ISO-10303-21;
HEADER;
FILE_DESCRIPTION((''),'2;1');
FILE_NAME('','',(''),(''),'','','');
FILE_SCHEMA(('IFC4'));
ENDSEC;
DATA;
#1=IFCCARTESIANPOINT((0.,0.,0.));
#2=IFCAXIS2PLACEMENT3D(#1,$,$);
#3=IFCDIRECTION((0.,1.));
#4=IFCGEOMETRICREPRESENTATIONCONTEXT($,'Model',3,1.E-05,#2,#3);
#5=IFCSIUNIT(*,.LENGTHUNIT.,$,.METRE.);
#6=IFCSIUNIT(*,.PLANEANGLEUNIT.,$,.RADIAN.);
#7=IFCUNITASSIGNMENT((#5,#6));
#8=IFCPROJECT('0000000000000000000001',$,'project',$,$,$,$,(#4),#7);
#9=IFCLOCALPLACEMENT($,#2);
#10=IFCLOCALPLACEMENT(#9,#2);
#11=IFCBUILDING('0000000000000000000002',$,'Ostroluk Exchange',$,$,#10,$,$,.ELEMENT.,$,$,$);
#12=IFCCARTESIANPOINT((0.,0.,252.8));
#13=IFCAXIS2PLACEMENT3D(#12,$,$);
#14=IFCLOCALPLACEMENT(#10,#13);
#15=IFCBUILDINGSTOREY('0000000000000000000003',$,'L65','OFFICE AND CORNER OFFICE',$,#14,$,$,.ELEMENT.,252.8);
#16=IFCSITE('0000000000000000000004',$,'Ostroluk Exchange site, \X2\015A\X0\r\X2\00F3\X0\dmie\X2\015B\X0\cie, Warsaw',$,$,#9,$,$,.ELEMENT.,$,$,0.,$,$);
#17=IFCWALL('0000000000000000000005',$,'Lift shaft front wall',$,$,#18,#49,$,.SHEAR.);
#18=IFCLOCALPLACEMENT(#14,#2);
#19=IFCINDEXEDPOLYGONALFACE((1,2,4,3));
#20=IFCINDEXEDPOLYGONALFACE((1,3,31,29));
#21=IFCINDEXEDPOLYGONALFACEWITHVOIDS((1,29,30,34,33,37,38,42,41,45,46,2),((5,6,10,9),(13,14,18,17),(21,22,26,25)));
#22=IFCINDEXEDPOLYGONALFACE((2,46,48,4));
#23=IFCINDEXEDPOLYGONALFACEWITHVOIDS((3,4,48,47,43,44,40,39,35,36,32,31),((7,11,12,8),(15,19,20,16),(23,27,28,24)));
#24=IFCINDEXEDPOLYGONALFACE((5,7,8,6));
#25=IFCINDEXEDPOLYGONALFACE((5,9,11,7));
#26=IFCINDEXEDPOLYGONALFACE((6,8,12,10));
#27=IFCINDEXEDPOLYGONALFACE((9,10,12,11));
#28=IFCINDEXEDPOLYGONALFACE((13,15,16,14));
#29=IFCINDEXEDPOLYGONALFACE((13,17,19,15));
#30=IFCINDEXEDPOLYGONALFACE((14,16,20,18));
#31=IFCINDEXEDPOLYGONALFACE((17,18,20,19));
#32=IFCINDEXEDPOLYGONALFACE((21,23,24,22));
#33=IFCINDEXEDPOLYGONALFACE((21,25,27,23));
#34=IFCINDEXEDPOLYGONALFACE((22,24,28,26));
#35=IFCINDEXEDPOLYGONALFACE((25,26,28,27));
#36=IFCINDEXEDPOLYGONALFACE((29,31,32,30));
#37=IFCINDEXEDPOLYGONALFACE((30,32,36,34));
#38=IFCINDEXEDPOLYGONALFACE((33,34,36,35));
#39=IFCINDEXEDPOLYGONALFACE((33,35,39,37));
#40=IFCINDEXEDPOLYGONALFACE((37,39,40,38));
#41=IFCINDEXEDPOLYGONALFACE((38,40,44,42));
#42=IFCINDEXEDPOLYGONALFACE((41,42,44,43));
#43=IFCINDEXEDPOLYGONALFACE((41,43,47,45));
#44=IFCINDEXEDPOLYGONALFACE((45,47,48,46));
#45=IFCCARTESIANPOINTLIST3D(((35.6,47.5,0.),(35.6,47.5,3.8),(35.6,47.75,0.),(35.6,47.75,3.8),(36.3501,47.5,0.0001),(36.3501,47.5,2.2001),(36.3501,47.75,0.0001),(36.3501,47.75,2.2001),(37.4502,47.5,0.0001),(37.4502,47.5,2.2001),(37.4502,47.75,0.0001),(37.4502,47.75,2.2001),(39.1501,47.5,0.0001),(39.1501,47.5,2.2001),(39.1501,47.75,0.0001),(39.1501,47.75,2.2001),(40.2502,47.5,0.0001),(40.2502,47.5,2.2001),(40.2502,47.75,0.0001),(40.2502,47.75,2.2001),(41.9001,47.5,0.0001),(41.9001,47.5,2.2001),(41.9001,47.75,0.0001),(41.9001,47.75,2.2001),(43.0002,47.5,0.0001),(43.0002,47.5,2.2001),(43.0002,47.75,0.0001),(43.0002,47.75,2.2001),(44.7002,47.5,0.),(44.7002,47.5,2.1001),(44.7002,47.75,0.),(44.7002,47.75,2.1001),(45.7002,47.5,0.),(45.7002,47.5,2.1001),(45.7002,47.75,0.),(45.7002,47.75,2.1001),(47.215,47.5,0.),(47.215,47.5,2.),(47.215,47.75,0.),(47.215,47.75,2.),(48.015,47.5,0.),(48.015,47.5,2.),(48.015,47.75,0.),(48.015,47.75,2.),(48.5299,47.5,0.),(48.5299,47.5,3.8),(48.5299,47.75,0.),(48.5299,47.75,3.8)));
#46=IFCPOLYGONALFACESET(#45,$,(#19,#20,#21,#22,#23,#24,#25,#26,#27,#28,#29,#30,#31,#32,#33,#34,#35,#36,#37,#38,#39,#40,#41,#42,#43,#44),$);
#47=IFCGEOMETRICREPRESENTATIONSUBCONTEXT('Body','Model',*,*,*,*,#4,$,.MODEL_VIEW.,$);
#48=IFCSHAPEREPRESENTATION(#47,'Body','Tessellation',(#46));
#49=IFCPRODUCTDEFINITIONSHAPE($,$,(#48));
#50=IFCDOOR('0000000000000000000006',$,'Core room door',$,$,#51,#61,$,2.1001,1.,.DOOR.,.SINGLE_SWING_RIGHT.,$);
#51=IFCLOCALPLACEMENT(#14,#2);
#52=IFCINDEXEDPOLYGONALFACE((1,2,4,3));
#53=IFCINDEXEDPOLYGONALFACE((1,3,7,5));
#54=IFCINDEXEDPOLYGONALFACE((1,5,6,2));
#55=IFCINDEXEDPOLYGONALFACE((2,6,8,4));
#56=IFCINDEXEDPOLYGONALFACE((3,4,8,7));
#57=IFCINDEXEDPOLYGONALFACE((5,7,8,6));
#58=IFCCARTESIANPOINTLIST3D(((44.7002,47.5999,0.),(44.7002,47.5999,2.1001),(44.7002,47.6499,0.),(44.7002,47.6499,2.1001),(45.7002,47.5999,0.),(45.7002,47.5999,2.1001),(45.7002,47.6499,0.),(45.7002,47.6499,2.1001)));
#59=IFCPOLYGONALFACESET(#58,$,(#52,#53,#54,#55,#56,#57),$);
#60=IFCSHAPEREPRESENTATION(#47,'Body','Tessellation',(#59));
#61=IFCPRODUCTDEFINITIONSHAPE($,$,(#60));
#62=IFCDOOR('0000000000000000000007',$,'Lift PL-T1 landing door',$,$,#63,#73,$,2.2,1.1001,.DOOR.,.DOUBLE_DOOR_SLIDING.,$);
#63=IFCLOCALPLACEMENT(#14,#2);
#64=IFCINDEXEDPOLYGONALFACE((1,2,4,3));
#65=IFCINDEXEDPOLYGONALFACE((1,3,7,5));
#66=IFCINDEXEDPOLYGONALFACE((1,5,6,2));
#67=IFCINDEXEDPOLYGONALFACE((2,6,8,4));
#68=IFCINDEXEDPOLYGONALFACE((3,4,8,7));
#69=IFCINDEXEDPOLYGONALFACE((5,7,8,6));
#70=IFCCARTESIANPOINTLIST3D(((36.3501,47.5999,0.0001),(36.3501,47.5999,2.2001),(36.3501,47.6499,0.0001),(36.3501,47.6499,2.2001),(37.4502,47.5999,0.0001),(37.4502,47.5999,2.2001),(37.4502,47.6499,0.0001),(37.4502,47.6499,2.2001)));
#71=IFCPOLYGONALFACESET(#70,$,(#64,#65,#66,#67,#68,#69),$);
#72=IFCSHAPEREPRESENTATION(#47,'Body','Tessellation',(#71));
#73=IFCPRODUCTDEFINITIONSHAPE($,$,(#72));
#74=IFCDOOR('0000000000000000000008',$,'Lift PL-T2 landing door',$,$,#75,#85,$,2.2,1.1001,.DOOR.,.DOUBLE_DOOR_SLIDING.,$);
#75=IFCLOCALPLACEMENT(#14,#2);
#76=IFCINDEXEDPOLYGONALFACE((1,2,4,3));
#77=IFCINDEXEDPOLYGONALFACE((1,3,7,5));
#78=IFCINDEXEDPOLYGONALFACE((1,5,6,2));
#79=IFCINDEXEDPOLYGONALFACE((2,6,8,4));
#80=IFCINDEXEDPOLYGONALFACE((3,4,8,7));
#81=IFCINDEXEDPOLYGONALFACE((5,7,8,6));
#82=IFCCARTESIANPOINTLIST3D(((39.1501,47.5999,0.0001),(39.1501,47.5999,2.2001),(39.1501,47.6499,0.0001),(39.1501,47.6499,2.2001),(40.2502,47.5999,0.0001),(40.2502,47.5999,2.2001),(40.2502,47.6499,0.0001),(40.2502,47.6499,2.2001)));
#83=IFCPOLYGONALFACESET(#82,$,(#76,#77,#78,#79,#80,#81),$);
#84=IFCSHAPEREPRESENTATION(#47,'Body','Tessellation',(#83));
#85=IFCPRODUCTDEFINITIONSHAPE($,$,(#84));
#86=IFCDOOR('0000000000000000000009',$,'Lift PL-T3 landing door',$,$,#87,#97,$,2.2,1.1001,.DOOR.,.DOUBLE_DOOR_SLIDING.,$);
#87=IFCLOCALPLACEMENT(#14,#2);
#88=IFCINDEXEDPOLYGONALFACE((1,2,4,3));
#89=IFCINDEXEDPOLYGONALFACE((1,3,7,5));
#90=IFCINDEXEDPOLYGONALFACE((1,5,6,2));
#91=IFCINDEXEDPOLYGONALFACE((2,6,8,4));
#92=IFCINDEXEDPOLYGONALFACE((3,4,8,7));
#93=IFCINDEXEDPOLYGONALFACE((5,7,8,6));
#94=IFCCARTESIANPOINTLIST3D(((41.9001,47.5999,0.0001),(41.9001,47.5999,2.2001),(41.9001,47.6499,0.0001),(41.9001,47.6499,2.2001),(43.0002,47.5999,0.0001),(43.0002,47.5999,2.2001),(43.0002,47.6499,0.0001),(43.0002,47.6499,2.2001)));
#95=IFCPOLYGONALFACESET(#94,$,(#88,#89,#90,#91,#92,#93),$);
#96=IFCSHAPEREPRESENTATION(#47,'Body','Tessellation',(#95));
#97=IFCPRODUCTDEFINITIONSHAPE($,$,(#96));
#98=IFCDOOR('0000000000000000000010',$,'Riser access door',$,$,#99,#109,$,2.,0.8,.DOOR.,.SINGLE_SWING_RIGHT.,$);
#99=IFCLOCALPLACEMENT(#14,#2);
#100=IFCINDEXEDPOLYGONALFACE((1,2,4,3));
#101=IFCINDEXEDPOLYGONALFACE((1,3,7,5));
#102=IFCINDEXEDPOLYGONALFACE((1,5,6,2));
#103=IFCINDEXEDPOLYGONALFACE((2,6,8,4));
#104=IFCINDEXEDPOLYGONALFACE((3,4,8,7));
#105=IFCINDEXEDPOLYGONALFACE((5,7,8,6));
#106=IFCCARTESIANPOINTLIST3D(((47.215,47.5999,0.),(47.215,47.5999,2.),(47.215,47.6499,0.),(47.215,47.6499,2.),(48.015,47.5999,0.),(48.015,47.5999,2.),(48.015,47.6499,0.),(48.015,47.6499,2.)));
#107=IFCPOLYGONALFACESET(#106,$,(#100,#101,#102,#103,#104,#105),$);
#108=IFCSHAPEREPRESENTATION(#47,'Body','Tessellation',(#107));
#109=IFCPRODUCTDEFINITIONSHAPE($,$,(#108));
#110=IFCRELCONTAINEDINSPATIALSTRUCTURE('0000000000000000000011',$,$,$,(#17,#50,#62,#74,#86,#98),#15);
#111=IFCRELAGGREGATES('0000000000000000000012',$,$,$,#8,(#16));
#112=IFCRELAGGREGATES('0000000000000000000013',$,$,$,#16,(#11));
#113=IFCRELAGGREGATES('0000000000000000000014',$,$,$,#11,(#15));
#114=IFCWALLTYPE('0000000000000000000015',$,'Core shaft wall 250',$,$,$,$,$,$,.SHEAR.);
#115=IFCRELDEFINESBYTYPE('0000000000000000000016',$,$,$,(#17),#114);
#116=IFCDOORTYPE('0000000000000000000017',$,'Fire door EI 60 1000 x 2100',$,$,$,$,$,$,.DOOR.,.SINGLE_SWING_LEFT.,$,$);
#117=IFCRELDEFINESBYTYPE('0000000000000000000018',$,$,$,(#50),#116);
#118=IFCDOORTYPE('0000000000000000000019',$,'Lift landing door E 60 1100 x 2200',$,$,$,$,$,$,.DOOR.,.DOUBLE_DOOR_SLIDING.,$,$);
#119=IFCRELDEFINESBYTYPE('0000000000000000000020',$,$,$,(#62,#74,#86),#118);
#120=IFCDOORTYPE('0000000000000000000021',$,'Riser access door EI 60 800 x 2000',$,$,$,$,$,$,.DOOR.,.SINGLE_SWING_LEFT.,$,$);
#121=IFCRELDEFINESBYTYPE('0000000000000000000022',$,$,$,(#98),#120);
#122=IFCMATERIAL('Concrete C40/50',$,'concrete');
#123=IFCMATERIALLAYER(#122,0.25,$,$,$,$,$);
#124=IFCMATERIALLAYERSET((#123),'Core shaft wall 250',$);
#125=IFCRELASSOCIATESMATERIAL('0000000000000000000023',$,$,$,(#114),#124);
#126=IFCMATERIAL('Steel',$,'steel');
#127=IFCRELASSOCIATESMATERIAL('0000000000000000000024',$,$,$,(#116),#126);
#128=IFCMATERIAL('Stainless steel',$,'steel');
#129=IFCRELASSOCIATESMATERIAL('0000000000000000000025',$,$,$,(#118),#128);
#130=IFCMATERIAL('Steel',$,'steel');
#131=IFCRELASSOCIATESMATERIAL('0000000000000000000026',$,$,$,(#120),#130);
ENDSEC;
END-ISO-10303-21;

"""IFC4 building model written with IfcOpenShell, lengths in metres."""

from ifc_helpers import new_model, si_unit, direction, frame, frame_2d, origin, place, context, subcontext, project, spatial, rectangle, extrude, material, layer, layer_set, type_object, element, fill, save


model = new_model("IFC4")

# Units and contexts
model_context = context("Model", 3, precision=1e-05, world=origin(), true_north=direction((0.0, 1.0)))
body_context = subcontext(model_context, "Body", "Model", "MODEL_VIEW")
ifc_project = project(units=[si_unit("LENGTHUNIT", "METRE"), si_unit("PLANEANGLEUNIT", "RADIAN")], contexts=[model_context])

# Site, building, storey
site_placement = place(None, origin())
site = spatial("IfcSite", under=ifc_project, at=site_placement, Name="Ostroluk Exchange site, Śródmieście, Warsaw", CompositionType="ELEMENT", RefElevation=0.0)
building_placement = place(site_placement, origin())
building = spatial("IfcBuilding", under=site, at=building_placement, Name="Ostroluk Exchange", CompositionType="ELEMENT")
storey_placement = place(building_placement, frame((0.0, 0.0, 252.8)))
storey = spatial("IfcBuildingStorey", under=building, at=storey_placement, Name="L65", Description="OFFICE AND CORNER OFFICE", CompositionType="ELEMENT", Elevation=252.8)

# Shared definitions
ifc_material_1 = material(Name="Concrete C40/50", Category="concrete")
ifc_layer = layer(ifc_material_1, 0.25)
ifc_layer_set = layer_set([ifc_layer], Name="Core shaft wall 250")
wall_type = type_object("IfcWallType", Name="Core shaft wall 250", PredefinedType="SHEAR", material=ifc_layer_set)

# Wall, openings, doors
wall_1_placement = place(storey_placement, frame((35.6001, 47.625, 0.0), z_axis=(0.0, 0.0, 1.0), x_axis=(1.0, 0.0, 0.0)))
wall_1 = element("IfcWall", 1, at=wall_1_placement, inside=storey, type_object=wall_type, Name="Lift shaft front wall", PredefinedType="SHEAR", context=body_context, shape_type="SweptSolid", body=[
    extrude(rectangle(XDim=12.9299, YDim=0.25, at=frame_2d((6.4648, 0.0))), origin(), (0.0, 0.0, 1.0), 3.8),
])
opening_1_placement = place(wall_1_placement, frame((0.75, 0.0, 0.0)))
opening_1 = element("IfcOpeningElement", 2, at=opening_1_placement, cuts=wall_1, PredefinedType="OPENING", context=body_context, shape_type="SweptSolid", body=[
    extrude(rectangle(XDim=1.1001, YDim=2.2, at=frame_2d((0.55, 1.1001))), frame((0.0, 0.135, 0.0), z_axis=(0.0, -1.0, 0.0), x_axis=(1.0, 0.0, 0.0)), (0.0, 0.0, 1.0), 0.27),
])
opening_2_placement = place(wall_1_placement, frame((3.55, 0.0, 0.0)))
opening_2 = element("IfcOpeningElement", 3, at=opening_2_placement, cuts=wall_1, PredefinedType="OPENING", context=body_context, shape_type="SweptSolid", body=[
    extrude(rectangle(XDim=1.1001, YDim=2.2, at=frame_2d((0.55, 1.1001))), frame((0.0, 0.135, 0.0), z_axis=(0.0, -1.0, 0.0), x_axis=(1.0, 0.0, 0.0)), (0.0, 0.0, 1.0), 0.27),
])
opening_3_placement = place(wall_1_placement, frame((6.3, 0.0, 0.0)))
opening_3 = element("IfcOpeningElement", 4, at=opening_3_placement, cuts=wall_1, PredefinedType="OPENING", context=body_context, shape_type="SweptSolid", body=[
    extrude(rectangle(XDim=1.1001, YDim=2.2, at=frame_2d((0.55, 1.1001))), frame((0.0, 0.135, 0.0), z_axis=(0.0, -1.0, 0.0), x_axis=(1.0, 0.0, 0.0)), (0.0, 0.0, 1.0), 0.27),
])
opening_4_placement = place(wall_1_placement, frame((9.1001, 0.0, 0.0)))
opening_4 = element("IfcOpeningElement", 5, at=opening_4_placement, cuts=wall_1, PredefinedType="OPENING", context=body_context, shape_type="SweptSolid", body=[
    extrude(rectangle(XDim=1.0, YDim=2.1001, at=frame_2d((0.5, 1.05))), frame((0.0, 0.135, 0.0), z_axis=(0.0, -1.0, 0.0), x_axis=(1.0, 0.0, 0.0)), (0.0, 0.0, 1.0), 0.27),
])
opening_5_placement = place(wall_1_placement, frame((11.615, 0.0, 0.0)))
opening_5 = element("IfcOpeningElement", 6, at=opening_5_placement, cuts=wall_1, PredefinedType="OPENING", context=body_context, shape_type="SweptSolid", body=[
    extrude(rectangle(XDim=0.8, YDim=2.0, at=frame_2d((0.3999, 1.0))), frame((0.0, 0.135, 0.0), z_axis=(0.0, -1.0, 0.0), x_axis=(1.0, 0.0, 0.0)), (0.0, 0.0, 1.0), 0.27),
])
ifc_material_2 = material(Name="Steel", Category="steel")
door_type_1 = type_object("IfcDoorType", Name="Fire door EI 60 1000 x 2100", OperationType="SINGLE_SWING_LEFT", PredefinedType="DOOR", material=ifc_material_2)
door_1_placement = place(opening_4_placement, origin())
door_1 = element("IfcDoor", 7, at=door_1_placement, inside=storey, type_object=door_type_1, Name="Core room door", OperationType="SINGLE_SWING_RIGHT", OverallHeight=2.1001, OverallWidth=1.0, PredefinedType="DOOR", context=body_context, shape_type="SweptSolid", body=[
    extrude(rectangle(XDim=1.0, YDim=2.1001, at=frame_2d((0.5, 1.05))), frame((0.0, 0.0249, 0.0), z_axis=(0.0, -1.0, 0.0), x_axis=(1.0, 0.0, 0.0)), (0.0, 0.0, 1.0), 0.05),
])
fill(opening_4, door_1)
ifc_material_3 = material(Name="Stainless steel", Category="steel")
door_type_2 = type_object("IfcDoorType", Name="Lift landing door E 60 1100 x 2200", OperationType="DOUBLE_DOOR_SLIDING", PredefinedType="DOOR", material=ifc_material_3)
door_2_placement = place(opening_1_placement, origin())
door_2 = element("IfcDoor", 8, at=door_2_placement, inside=storey, type_object=door_type_2, Name="Lift PL-T1 landing door", OperationType="DOUBLE_DOOR_SLIDING", OverallHeight=2.2, OverallWidth=1.1001, PredefinedType="DOOR", context=body_context, shape_type="SweptSolid", body=[
    extrude(rectangle(XDim=1.1001, YDim=2.2, at=frame_2d((0.55, 1.1001))), frame((0.0, 0.0249, 0.0), z_axis=(0.0, -1.0, 0.0), x_axis=(1.0, 0.0, 0.0)), (0.0, 0.0, 1.0), 0.05),
])
fill(opening_1, door_2)
door_3_placement = place(opening_2_placement, origin())
door_3 = element("IfcDoor", 9, at=door_3_placement, inside=storey, type_object=door_type_2, Name="Lift PL-T2 landing door", OperationType="DOUBLE_DOOR_SLIDING", OverallHeight=2.2, OverallWidth=1.1001, PredefinedType="DOOR", context=body_context, shape_type="SweptSolid", body=[
    extrude(rectangle(XDim=1.1001, YDim=2.2, at=frame_2d((0.55, 1.1001))), frame((0.0, 0.0249, 0.0), z_axis=(0.0, -1.0, 0.0), x_axis=(1.0, 0.0, 0.0)), (0.0, 0.0, 1.0), 0.05),
])
fill(opening_2, door_3)
door_4_placement = place(opening_3_placement, origin())
door_4 = element("IfcDoor", 10, at=door_4_placement, inside=storey, type_object=door_type_2, Name="Lift PL-T3 landing door", OperationType="DOUBLE_DOOR_SLIDING", OverallHeight=2.2, OverallWidth=1.1001, PredefinedType="DOOR", context=body_context, shape_type="SweptSolid", body=[
    extrude(rectangle(XDim=1.1001, YDim=2.2, at=frame_2d((0.55, 1.1001))), frame((0.0, 0.0249, 0.0), z_axis=(0.0, -1.0, 0.0), x_axis=(1.0, 0.0, 0.0)), (0.0, 0.0, 1.0), 0.05),
])
fill(opening_3, door_4)
ifc_material_4 = material(Name="Steel", Category="steel")
door_type_3 = type_object("IfcDoorType", Name="Riser access door EI 60 800 x 2000", OperationType="SINGLE_SWING_LEFT", PredefinedType="DOOR", material=ifc_material_4)
door_5_placement = place(opening_5_placement, origin())
door_5 = element("IfcDoor", 11, at=door_5_placement, inside=storey, type_object=door_type_3, Name="Riser access door", OperationType="SINGLE_SWING_RIGHT", OverallHeight=2.0, OverallWidth=0.8, PredefinedType="DOOR", context=body_context, shape_type="SweptSolid", body=[
    extrude(rectangle(XDim=0.8, YDim=2.0, at=frame_2d((0.3999, 1.0))), frame((0.0, 0.0249, 0.0), z_axis=(0.0, -1.0, 0.0), x_axis=(1.0, 0.0, 0.0)), (0.0, 0.0, 1.0), 0.05),
])
fill(opening_5, door_5)

save(model, "model.ifc")
